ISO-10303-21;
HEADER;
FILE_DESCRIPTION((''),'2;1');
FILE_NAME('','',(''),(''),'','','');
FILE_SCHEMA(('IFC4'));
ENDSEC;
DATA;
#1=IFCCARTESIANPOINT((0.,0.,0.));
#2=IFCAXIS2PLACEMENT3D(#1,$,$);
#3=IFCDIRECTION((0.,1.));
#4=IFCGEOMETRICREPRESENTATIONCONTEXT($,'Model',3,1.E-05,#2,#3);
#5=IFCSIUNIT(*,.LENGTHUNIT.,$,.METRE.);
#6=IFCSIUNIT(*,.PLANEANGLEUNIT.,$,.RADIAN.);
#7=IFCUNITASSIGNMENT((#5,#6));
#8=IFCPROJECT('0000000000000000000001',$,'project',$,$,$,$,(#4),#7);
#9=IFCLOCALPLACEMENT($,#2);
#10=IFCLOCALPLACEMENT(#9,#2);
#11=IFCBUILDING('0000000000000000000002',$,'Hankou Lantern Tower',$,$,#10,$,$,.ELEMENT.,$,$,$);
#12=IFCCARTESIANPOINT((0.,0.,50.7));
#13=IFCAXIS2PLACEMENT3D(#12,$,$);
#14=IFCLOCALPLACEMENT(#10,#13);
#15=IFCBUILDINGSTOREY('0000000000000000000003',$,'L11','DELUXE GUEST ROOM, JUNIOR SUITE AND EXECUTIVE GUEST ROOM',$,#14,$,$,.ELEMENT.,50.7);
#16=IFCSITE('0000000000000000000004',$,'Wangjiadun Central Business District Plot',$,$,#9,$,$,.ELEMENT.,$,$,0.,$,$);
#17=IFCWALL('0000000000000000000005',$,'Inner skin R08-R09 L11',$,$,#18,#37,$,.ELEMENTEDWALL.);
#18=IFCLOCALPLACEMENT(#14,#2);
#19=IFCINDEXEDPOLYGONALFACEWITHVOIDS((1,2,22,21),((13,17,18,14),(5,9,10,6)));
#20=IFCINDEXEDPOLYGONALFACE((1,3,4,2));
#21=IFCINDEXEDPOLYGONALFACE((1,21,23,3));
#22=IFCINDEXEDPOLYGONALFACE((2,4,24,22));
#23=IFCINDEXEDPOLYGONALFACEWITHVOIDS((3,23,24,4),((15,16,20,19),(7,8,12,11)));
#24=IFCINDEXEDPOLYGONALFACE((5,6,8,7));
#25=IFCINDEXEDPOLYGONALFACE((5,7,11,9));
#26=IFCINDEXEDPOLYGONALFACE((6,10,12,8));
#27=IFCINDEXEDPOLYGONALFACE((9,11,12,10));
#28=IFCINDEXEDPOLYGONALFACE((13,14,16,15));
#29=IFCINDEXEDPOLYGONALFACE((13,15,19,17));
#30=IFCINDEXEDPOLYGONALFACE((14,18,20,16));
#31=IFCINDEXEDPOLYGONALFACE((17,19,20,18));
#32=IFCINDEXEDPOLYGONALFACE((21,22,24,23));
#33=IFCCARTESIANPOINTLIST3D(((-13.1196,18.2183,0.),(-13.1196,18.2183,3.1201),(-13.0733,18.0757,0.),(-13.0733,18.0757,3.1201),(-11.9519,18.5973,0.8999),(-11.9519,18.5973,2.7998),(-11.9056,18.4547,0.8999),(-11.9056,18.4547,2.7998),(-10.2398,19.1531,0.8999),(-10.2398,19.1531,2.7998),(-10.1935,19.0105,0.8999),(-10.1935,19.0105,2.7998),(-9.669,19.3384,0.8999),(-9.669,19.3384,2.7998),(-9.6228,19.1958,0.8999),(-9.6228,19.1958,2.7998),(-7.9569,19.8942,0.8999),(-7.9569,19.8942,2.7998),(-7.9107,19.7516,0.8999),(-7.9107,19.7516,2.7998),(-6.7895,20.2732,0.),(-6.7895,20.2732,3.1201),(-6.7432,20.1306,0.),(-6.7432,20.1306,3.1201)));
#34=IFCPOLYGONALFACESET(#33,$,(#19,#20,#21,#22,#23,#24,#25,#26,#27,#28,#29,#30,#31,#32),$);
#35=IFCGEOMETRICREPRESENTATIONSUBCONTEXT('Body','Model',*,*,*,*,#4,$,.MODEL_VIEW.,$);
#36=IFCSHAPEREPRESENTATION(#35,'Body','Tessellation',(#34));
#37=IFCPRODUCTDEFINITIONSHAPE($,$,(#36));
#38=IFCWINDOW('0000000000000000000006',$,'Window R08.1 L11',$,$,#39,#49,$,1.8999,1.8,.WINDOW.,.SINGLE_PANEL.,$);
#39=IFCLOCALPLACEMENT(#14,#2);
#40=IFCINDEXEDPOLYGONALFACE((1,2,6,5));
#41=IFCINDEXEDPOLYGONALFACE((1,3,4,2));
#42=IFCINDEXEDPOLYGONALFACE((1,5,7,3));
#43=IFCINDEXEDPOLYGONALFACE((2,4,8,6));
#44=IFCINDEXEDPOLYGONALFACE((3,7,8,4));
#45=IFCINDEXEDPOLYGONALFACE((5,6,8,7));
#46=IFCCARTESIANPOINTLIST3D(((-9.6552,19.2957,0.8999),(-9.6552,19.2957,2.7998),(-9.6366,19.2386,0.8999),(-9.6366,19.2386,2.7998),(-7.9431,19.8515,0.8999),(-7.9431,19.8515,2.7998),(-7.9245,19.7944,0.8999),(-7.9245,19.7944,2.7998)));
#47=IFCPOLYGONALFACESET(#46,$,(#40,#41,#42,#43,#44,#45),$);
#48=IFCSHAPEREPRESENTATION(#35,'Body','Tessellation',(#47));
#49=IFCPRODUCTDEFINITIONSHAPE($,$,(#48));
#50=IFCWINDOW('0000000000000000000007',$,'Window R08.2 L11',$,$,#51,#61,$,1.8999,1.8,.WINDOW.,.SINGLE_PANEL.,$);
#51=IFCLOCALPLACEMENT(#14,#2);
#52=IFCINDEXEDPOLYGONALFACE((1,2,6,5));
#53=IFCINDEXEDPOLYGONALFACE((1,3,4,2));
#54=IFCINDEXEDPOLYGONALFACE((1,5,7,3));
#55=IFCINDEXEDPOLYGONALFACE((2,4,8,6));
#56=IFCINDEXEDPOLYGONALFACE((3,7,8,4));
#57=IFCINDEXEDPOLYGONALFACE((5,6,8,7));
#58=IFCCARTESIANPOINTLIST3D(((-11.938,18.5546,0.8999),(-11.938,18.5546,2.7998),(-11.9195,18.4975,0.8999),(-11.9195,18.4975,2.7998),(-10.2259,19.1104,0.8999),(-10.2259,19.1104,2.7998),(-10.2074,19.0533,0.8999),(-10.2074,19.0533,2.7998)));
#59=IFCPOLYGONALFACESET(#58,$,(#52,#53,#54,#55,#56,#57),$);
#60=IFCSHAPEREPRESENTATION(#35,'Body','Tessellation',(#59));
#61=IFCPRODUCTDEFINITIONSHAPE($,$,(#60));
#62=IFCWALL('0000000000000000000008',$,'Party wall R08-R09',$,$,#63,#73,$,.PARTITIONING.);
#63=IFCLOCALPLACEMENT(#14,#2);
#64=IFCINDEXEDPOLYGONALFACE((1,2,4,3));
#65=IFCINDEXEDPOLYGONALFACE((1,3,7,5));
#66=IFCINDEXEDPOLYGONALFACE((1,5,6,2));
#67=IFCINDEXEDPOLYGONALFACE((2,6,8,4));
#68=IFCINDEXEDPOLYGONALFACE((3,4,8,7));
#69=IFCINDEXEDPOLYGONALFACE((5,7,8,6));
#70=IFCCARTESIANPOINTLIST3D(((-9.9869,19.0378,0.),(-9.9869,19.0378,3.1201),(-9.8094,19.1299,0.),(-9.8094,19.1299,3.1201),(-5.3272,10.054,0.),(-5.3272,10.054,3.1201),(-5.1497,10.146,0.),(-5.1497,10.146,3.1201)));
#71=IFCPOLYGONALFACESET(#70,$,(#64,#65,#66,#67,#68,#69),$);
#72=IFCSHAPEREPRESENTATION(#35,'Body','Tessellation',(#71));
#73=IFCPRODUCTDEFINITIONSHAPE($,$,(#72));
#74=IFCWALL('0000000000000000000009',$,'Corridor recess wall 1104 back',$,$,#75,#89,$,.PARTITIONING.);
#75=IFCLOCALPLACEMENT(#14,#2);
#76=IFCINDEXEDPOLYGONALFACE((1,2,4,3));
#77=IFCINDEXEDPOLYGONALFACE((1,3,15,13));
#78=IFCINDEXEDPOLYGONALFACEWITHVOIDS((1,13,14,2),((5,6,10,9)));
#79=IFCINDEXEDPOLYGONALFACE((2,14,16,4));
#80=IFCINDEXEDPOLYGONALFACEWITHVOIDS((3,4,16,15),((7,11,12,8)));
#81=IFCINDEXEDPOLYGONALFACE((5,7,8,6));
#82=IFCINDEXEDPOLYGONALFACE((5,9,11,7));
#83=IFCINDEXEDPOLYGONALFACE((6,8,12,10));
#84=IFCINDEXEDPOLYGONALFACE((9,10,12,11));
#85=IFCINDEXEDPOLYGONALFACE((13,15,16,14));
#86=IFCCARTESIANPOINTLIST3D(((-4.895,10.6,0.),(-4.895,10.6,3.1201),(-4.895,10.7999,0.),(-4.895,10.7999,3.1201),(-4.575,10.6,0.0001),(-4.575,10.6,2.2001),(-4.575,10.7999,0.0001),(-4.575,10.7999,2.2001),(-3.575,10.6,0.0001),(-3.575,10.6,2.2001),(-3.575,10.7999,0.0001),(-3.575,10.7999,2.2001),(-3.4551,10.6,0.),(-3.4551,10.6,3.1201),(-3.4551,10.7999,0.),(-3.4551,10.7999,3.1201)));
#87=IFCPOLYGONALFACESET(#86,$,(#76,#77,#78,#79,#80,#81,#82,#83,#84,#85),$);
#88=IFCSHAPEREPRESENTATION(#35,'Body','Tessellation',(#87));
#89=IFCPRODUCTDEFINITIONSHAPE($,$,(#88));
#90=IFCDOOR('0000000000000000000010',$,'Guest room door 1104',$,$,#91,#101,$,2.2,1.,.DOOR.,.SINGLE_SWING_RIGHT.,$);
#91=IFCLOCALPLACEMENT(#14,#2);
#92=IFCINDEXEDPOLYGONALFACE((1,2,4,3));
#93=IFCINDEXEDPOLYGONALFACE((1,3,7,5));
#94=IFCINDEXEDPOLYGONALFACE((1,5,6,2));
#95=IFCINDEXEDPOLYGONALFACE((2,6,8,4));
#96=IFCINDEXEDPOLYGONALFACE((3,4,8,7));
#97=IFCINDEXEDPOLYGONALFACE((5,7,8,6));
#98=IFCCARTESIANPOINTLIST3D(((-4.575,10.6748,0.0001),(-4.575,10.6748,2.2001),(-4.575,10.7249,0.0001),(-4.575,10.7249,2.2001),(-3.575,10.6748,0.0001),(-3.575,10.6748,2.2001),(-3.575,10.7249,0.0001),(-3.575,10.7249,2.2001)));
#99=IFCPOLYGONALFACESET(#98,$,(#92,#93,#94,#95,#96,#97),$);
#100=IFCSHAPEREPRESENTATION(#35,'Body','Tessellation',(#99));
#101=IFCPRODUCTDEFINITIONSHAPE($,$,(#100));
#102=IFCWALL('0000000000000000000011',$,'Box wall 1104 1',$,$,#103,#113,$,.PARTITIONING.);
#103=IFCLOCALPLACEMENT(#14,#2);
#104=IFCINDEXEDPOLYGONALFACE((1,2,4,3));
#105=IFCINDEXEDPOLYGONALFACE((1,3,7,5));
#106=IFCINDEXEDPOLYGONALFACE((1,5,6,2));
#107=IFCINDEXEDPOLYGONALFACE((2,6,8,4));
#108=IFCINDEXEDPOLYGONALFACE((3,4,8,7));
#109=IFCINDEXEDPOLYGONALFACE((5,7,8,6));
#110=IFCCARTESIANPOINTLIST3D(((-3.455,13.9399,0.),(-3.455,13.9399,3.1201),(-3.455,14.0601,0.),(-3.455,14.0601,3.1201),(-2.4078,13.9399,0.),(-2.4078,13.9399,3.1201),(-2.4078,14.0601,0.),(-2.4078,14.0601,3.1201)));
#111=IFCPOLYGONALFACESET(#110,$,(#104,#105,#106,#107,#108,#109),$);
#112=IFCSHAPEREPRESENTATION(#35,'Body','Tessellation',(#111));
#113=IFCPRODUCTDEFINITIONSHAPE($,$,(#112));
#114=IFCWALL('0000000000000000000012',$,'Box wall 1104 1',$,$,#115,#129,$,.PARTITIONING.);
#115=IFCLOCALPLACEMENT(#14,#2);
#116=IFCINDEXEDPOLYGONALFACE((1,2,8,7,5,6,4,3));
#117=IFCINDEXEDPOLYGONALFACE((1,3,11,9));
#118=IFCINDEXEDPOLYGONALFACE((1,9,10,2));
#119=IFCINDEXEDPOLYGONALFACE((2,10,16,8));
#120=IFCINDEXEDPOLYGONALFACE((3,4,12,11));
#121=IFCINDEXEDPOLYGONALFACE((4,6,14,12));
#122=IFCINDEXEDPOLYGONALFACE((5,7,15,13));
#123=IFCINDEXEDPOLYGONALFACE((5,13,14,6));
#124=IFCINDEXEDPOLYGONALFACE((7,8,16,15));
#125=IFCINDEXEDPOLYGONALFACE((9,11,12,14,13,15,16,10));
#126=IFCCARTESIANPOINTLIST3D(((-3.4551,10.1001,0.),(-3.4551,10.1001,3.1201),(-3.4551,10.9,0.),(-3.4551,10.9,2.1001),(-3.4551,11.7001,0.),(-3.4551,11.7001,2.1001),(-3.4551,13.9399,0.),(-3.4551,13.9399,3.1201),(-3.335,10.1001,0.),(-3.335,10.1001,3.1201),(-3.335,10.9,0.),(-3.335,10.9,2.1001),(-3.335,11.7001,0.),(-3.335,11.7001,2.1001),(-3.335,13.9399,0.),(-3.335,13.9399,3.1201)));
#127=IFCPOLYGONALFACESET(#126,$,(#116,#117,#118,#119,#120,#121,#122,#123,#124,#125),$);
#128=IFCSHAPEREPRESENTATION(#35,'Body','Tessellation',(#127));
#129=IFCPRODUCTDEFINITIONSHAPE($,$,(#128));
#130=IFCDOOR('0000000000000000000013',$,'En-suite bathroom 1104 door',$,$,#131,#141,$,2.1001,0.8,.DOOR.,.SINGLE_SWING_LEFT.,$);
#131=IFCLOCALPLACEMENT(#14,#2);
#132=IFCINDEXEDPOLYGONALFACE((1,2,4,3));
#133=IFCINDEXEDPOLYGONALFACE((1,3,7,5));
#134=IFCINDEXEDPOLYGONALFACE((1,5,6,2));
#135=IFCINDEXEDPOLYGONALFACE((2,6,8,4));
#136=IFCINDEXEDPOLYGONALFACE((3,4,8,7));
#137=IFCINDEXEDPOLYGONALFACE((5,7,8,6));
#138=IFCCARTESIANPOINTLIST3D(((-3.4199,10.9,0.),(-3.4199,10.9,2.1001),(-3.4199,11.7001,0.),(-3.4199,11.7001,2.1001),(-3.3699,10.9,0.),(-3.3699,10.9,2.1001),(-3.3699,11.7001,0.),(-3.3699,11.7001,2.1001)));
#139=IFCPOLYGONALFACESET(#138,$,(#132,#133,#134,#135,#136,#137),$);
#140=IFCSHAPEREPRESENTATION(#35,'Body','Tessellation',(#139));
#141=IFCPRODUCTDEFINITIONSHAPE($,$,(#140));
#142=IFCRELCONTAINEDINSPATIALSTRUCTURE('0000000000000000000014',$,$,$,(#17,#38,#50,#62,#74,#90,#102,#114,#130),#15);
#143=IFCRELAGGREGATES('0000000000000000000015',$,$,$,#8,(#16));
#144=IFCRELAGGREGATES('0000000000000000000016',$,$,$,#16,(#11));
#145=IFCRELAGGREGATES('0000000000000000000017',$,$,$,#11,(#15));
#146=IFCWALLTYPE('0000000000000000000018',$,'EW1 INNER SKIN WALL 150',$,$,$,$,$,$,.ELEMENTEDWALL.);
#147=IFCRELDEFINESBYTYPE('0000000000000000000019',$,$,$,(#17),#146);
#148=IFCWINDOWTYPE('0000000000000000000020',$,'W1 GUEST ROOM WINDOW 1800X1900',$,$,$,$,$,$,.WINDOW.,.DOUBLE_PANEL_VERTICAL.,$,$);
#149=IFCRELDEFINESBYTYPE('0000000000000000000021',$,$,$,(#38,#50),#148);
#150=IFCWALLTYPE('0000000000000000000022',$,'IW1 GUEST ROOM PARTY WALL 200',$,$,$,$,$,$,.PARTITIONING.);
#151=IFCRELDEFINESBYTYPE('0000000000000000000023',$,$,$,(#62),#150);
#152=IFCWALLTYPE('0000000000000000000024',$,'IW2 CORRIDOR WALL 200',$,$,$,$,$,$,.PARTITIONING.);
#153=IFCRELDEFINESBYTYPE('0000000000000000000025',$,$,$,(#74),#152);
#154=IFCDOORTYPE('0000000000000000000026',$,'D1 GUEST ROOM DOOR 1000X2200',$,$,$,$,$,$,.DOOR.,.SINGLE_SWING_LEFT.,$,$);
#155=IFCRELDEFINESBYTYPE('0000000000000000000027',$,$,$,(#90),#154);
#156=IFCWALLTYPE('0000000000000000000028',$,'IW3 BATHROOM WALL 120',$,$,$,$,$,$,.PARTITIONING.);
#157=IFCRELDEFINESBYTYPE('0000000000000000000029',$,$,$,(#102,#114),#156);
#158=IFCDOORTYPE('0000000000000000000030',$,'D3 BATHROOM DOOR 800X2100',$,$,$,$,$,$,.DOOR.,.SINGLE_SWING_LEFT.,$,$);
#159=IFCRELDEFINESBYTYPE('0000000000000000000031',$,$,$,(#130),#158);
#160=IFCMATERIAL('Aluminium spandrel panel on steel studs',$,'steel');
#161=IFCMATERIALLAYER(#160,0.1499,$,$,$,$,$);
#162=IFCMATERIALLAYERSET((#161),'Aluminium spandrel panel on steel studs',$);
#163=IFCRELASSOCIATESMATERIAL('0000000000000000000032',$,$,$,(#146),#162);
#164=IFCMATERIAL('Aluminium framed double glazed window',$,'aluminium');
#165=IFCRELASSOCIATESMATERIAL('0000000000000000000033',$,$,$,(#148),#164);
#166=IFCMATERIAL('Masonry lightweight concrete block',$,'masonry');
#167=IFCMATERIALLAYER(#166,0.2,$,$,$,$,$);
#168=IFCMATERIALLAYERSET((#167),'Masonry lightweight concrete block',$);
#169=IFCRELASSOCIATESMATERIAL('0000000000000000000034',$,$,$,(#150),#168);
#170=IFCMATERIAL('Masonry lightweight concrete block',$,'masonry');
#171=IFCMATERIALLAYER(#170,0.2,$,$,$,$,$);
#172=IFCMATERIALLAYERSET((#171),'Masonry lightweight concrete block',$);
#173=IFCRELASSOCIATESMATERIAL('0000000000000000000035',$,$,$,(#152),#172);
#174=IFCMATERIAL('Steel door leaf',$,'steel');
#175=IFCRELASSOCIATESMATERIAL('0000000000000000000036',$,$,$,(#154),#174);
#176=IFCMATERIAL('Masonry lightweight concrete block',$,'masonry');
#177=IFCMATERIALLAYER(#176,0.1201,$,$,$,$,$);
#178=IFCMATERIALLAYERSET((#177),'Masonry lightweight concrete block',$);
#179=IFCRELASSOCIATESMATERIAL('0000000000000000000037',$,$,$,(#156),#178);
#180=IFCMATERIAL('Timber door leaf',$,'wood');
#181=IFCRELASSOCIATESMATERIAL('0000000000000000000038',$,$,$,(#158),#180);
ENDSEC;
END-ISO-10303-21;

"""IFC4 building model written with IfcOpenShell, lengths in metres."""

from ifc_helpers import new_model, si_unit, direction, frame, frame_2d, origin, place, context, subcontext, project, spatial, rectangle, extrude, material, layer, layer_set, type_object, element, fill, save


model = new_model("IFC4")

# Units and contexts
model_context = context("Model", 3, precision=1e-05, world=origin(), true_north=direction((0.0, 1.0)))
body_context = subcontext(model_context, "Body", "Model", "MODEL_VIEW")
ifc_project = project(units=[si_unit("LENGTHUNIT", "METRE"), si_unit("PLANEANGLEUNIT", "RADIAN")], contexts=[model_context])

# Site, building, storey
site_placement = place(None, origin())
site = spatial("IfcSite", under=ifc_project, at=site_placement, Name="Wangjiadun Central Business District Plot", CompositionType="ELEMENT", RefElevation=0.0)
building_placement = place(site_placement, origin())
building = spatial("IfcBuilding", under=site, at=building_placement, Name="Hankou Lantern Tower", CompositionType="ELEMENT")
storey_placement = place(building_placement, frame((0.0, 0.0, 50.7)))
storey = spatial("IfcBuildingStorey", under=building, at=storey_placement, Name="L11", Description="DELUXE GUEST ROOM, JUNIOR SUITE AND EXECUTIVE GUEST ROOM", CompositionType="ELEMENT", Elevation=50.7)

# Wall, openings, windows
ifc_material_1 = material(Name="Aluminium spandrel panel on steel studs", Category="steel")
ifc_layer_1 = layer(ifc_material_1, 0.1499)
ifc_layer_set_1 = layer_set([ifc_layer_1], Name="Aluminium spandrel panel on steel studs")
wall_type_1 = type_object("IfcWallType", Name="EW1 INNER SKIN WALL 150", PredefinedType="ELEMENTEDWALL", material=ifc_layer_set_1)
wall_1_placement = place(storey_placement, frame((-6.7664, 20.2019, 0.0), z_axis=(0.0, 0.0, 1.0), x_axis=(-0.951138, -0.308768, 0.0)))
wall_1 = element("IfcWall", 1, at=wall_1_placement, inside=storey, type_object=wall_type_1, Name="Inner skin R08-R09 L11", PredefinedType="ELEMENTEDWALL", context=body_context, shape_type="SweptSolid", body=[
    extrude(rectangle(XDim=6.6553, YDim=0.1499, at=frame_2d((3.3276, 0.0))), origin(), (0.0, 0.0, 1.0), 3.1201),
])
opening_1_placement = place(wall_1_placement, frame((1.2275, 0.0, 0.8999)))
opening_1 = element("IfcOpeningElement", 2, at=opening_1_placement, cuts=wall_1, PredefinedType="OPENING", context=body_context, shape_type="SweptSolid", body=[
    extrude(rectangle(XDim=1.8, YDim=1.8999, at=frame_2d((0.8999, 0.95))), frame((0.0, 0.085, 0.0), z_axis=(0.0, -1.0, 0.0), x_axis=(1.0, 0.0, 0.0)), (0.0, 0.0, 1.0), 0.1699),
])
opening_2_placement = place(wall_1_placement, frame((3.6277, 0.0, 0.8999)))
opening_2 = element("IfcOpeningElement", 3, at=opening_2_placement, cuts=wall_1, PredefinedType="OPENING", context=body_context, shape_type="SweptSolid", body=[
    extrude(rectangle(XDim=1.8, YDim=1.8999, at=frame_2d((0.8999, 0.95))), frame((0.0, 0.085, 0.0), z_axis=(0.0, -1.0, 0.0), x_axis=(1.0, 0.0, 0.0)), (0.0, 0.0, 1.0), 0.1699),
])
ifc_material_2 = material(Name="Aluminium framed double glazed window", Category="aluminium")
window_type = type_object("IfcWindowType", Name="W1 GUEST ROOM WINDOW 1800X1900", PartitioningType="DOUBLE_PANEL_VERTICAL", PredefinedType="WINDOW", material=ifc_material_2)
window_1_placement = place(opening_1_placement, origin())
window_1 = element("IfcWindow", 4, at=window_1_placement, inside=storey, type_object=window_type, Name="Window R08.1 L11", OverallHeight=1.8999, OverallWidth=1.8, PartitioningType="SINGLE_PANEL", PredefinedType="WINDOW", context=body_context, shape_type="SweptSolid", body=[
    extrude(rectangle(XDim=1.8, YDim=1.8999, at=frame_2d((0.8999, 0.95))), frame((0.0, 0.03, 0.0), z_axis=(0.0, -1.0, 0.0), x_axis=(1.0, 0.0, 0.0)), (0.0, 0.0, 1.0), 0.0601),
])
fill(opening_1, window_1)
window_2_placement = place(opening_2_placement, origin())
window_2 = element("IfcWindow", 5, at=window_2_placement, inside=storey, type_object=window_type, Name="Window R08.2 L11", OverallHeight=1.8999, OverallWidth=1.8, PartitioningType="SINGLE_PANEL", PredefinedType="WINDOW", context=body_context, shape_type="SweptSolid", body=[
    extrude(rectangle(XDim=1.8, YDim=1.8999, at=frame_2d((0.8999, 0.95))), frame((0.0, 0.03, 0.0), z_axis=(0.0, -1.0, 0.0), x_axis=(1.0, 0.0, 0.0)), (0.0, 0.0, 1.0), 0.0601),
])
fill(opening_2, window_2)

# Wall
ifc_material_3 = material(Name="Masonry lightweight concrete block", Category="masonry")
ifc_layer_2 = layer(ifc_material_3, 0.2)
ifc_layer_set_2 = layer_set([ifc_layer_2], Name="Masonry lightweight concrete block")
wall_type_2 = type_object("IfcWallType", Name="IW1 GUEST ROOM PARTY WALL 200", PredefinedType="PARTITIONING", material=ifc_layer_set_2)
wall_2_placement = place(storey_placement, frame((-5.2385, 10.1001, 0.0), z_axis=(0.0, 0.0, 1.0), x_axis=(-0.460423, 0.8877, 0.0)))
element("IfcWall", 6, at=wall_2_placement, inside=storey, type_object=wall_type_2, Name="Party wall R08-R09", PredefinedType="PARTITIONING", context=body_context, shape_type="SweptSolid", body=[
    extrude(rectangle(XDim=10.1204, YDim=0.2, at=frame_2d((5.0601, 0.0))), origin(), (0.0, 0.0, 1.0), 3.1201),
])

# Wall, opening, door
ifc_material_4 = material(Name="Masonry lightweight concrete block", Category="masonry")
ifc_layer_3 = layer(ifc_material_4, 0.2)
ifc_layer_set_3 = layer_set([ifc_layer_3], Name="Masonry lightweight concrete block")
wall_type_3 = type_object("IfcWallType", Name="IW2 CORRIDOR WALL 200", PredefinedType="PARTITIONING", material=ifc_layer_set_3)
wall_3_placement = place(storey_placement, frame((-4.895, 10.7, 0.0), z_axis=(0.0, 0.0, 1.0), x_axis=(1.0, 0.0, 0.0)))
wall_3 = element("IfcWall", 7, at=wall_3_placement, inside=storey, type_object=wall_type_3, Name="Corridor recess wall 1104 back", PredefinedType="PARTITIONING", context=body_context, shape_type="SweptSolid", body=[
    extrude(rectangle(XDim=1.4399, YDim=0.2, at=frame_2d((0.72, 0.0))), origin(), (0.0, 0.0, 1.0), 3.1201),
])
opening_3_placement = place(wall_3_placement, frame((0.3201, 0.0, 0.0)))
opening_3 = element("IfcOpeningElement", 8, at=opening_3_placement, cuts=wall_3, PredefinedType="OPENING", context=body_context, shape_type="SweptSolid", body=[
    extrude(rectangle(XDim=1.0, YDim=2.2, at=frame_2d((0.5, 1.1001))), frame((0.0, 0.1099, 0.0), z_axis=(0.0, -1.0, 0.0), x_axis=(1.0, 0.0, 0.0)), (0.0, 0.0, 1.0), 0.22),
])
ifc_material_5 = material(Name="Steel door leaf", Category="steel")
door_type_1 = type_object("IfcDoorType", Name="D1 GUEST ROOM DOOR 1000X2200", OperationType="SINGLE_SWING_LEFT", PredefinedType="DOOR", material=ifc_material_5)
door_1_placement = place(opening_3_placement, origin())
door_1 = element("IfcDoor", 9, at=door_1_placement, inside=storey, type_object=door_type_1, Name="Guest room door 1104", OperationType="SINGLE_SWING_RIGHT", OverallHeight=2.2, OverallWidth=1.0, PredefinedType="DOOR", context=body_context, shape_type="SweptSolid", body=[
    extrude(rectangle(XDim=1.0, YDim=2.2, at=frame_2d((0.5, 1.1001))), frame((0.0, 0.0249, 0.0), z_axis=(0.0, -1.0, 0.0), x_axis=(1.0, 0.0, 0.0)), (0.0, 0.0, 1.0), 0.05),
])
fill(opening_3, door_1)

# Wall
ifc_material_6 = material(Name="Masonry lightweight concrete block", Category="masonry")
ifc_layer_4 = layer(ifc_material_6, 0.1201)
ifc_layer_set_4 = layer_set([ifc_layer_4], Name="Masonry lightweight concrete block")
wall_type_4 = type_object("IfcWallType", Name="IW3 BATHROOM WALL 120", PredefinedType="PARTITIONING", material=ifc_layer_set_4)
wall_4_placement = place(storey_placement, frame((-2.408, 14.0, 0.0), z_axis=(0.0, 0.0, 1.0), x_axis=(-1.0, 0.0, 0.0)))
element("IfcWall", 10, at=wall_4_placement, inside=storey, type_object=wall_type_4, Name="Box wall 1104 1", PredefinedType="PARTITIONING", context=body_context, shape_type="SweptSolid", body=[
    extrude(rectangle(XDim=1.0471, YDim=0.1201, at=frame_2d((0.5234, 0.0))), origin(), (0.0, 0.0, 1.0), 3.1201),
])

# Wall, opening, door
wall_5_placement = place(storey_placement, frame((-3.395, 10.1001, 0.0), z_axis=(0.0, 0.0, 1.0), x_axis=(0.0, 1.0, 0.0)))
wall_5 = element("IfcWall", 11, at=wall_5_placement, inside=storey, type_object=wall_type_4, Name="Box wall 1104 1", PredefinedType="PARTITIONING", context=body_context, shape_type="SweptSolid", body=[
    extrude(rectangle(XDim=3.8398, YDim=0.1201, at=frame_2d((1.9199, 0.0))), origin(), (0.0, 0.0, 1.0), 3.1201),
])
opening_4_placement = place(wall_5_placement, frame((0.8, 0.0, 0.0)))
opening_4 = element("IfcOpeningElement", 12, at=opening_4_placement, cuts=wall_5, PredefinedType="OPENING", context=body_context, shape_type="SweptSolid", body=[
    extrude(rectangle(XDim=0.8, YDim=2.1001, at=frame_2d((0.3999, 1.05))), frame((0.0, 0.0701, 0.0), z_axis=(0.0, -1.0, 0.0), x_axis=(1.0, 0.0, 0.0)), (0.0, 0.0, 1.0), 0.1401),
])
ifc_material_7 = material(Name="Timber door leaf", Category="wood")
door_type_2 = type_object("IfcDoorType", Name="D3 BATHROOM DOOR 800X2100", OperationType="SINGLE_SWING_LEFT", PredefinedType="DOOR", material=ifc_material_7)
door_2_placement = place(opening_4_placement, origin())
door_2 = element("IfcDoor", 13, at=door_2_placement, inside=storey, type_object=door_type_2, Name="En-suite bathroom 1104 door", OperationType="SINGLE_SWING_LEFT", OverallHeight=2.1001, OverallWidth=0.8, PredefinedType="DOOR", context=body_context, shape_type="SweptSolid", body=[
    extrude(rectangle(XDim=0.8, YDim=2.1001, at=frame_2d((0.3999, 1.05))), frame((0.0, 0.0249, 0.0), z_axis=(0.0, -1.0, 0.0), x_axis=(1.0, 0.0, 0.0)), (0.0, 0.0, 1.0), 0.05),
])
fill(opening_4, door_2)

save(model, "model.ifc")
